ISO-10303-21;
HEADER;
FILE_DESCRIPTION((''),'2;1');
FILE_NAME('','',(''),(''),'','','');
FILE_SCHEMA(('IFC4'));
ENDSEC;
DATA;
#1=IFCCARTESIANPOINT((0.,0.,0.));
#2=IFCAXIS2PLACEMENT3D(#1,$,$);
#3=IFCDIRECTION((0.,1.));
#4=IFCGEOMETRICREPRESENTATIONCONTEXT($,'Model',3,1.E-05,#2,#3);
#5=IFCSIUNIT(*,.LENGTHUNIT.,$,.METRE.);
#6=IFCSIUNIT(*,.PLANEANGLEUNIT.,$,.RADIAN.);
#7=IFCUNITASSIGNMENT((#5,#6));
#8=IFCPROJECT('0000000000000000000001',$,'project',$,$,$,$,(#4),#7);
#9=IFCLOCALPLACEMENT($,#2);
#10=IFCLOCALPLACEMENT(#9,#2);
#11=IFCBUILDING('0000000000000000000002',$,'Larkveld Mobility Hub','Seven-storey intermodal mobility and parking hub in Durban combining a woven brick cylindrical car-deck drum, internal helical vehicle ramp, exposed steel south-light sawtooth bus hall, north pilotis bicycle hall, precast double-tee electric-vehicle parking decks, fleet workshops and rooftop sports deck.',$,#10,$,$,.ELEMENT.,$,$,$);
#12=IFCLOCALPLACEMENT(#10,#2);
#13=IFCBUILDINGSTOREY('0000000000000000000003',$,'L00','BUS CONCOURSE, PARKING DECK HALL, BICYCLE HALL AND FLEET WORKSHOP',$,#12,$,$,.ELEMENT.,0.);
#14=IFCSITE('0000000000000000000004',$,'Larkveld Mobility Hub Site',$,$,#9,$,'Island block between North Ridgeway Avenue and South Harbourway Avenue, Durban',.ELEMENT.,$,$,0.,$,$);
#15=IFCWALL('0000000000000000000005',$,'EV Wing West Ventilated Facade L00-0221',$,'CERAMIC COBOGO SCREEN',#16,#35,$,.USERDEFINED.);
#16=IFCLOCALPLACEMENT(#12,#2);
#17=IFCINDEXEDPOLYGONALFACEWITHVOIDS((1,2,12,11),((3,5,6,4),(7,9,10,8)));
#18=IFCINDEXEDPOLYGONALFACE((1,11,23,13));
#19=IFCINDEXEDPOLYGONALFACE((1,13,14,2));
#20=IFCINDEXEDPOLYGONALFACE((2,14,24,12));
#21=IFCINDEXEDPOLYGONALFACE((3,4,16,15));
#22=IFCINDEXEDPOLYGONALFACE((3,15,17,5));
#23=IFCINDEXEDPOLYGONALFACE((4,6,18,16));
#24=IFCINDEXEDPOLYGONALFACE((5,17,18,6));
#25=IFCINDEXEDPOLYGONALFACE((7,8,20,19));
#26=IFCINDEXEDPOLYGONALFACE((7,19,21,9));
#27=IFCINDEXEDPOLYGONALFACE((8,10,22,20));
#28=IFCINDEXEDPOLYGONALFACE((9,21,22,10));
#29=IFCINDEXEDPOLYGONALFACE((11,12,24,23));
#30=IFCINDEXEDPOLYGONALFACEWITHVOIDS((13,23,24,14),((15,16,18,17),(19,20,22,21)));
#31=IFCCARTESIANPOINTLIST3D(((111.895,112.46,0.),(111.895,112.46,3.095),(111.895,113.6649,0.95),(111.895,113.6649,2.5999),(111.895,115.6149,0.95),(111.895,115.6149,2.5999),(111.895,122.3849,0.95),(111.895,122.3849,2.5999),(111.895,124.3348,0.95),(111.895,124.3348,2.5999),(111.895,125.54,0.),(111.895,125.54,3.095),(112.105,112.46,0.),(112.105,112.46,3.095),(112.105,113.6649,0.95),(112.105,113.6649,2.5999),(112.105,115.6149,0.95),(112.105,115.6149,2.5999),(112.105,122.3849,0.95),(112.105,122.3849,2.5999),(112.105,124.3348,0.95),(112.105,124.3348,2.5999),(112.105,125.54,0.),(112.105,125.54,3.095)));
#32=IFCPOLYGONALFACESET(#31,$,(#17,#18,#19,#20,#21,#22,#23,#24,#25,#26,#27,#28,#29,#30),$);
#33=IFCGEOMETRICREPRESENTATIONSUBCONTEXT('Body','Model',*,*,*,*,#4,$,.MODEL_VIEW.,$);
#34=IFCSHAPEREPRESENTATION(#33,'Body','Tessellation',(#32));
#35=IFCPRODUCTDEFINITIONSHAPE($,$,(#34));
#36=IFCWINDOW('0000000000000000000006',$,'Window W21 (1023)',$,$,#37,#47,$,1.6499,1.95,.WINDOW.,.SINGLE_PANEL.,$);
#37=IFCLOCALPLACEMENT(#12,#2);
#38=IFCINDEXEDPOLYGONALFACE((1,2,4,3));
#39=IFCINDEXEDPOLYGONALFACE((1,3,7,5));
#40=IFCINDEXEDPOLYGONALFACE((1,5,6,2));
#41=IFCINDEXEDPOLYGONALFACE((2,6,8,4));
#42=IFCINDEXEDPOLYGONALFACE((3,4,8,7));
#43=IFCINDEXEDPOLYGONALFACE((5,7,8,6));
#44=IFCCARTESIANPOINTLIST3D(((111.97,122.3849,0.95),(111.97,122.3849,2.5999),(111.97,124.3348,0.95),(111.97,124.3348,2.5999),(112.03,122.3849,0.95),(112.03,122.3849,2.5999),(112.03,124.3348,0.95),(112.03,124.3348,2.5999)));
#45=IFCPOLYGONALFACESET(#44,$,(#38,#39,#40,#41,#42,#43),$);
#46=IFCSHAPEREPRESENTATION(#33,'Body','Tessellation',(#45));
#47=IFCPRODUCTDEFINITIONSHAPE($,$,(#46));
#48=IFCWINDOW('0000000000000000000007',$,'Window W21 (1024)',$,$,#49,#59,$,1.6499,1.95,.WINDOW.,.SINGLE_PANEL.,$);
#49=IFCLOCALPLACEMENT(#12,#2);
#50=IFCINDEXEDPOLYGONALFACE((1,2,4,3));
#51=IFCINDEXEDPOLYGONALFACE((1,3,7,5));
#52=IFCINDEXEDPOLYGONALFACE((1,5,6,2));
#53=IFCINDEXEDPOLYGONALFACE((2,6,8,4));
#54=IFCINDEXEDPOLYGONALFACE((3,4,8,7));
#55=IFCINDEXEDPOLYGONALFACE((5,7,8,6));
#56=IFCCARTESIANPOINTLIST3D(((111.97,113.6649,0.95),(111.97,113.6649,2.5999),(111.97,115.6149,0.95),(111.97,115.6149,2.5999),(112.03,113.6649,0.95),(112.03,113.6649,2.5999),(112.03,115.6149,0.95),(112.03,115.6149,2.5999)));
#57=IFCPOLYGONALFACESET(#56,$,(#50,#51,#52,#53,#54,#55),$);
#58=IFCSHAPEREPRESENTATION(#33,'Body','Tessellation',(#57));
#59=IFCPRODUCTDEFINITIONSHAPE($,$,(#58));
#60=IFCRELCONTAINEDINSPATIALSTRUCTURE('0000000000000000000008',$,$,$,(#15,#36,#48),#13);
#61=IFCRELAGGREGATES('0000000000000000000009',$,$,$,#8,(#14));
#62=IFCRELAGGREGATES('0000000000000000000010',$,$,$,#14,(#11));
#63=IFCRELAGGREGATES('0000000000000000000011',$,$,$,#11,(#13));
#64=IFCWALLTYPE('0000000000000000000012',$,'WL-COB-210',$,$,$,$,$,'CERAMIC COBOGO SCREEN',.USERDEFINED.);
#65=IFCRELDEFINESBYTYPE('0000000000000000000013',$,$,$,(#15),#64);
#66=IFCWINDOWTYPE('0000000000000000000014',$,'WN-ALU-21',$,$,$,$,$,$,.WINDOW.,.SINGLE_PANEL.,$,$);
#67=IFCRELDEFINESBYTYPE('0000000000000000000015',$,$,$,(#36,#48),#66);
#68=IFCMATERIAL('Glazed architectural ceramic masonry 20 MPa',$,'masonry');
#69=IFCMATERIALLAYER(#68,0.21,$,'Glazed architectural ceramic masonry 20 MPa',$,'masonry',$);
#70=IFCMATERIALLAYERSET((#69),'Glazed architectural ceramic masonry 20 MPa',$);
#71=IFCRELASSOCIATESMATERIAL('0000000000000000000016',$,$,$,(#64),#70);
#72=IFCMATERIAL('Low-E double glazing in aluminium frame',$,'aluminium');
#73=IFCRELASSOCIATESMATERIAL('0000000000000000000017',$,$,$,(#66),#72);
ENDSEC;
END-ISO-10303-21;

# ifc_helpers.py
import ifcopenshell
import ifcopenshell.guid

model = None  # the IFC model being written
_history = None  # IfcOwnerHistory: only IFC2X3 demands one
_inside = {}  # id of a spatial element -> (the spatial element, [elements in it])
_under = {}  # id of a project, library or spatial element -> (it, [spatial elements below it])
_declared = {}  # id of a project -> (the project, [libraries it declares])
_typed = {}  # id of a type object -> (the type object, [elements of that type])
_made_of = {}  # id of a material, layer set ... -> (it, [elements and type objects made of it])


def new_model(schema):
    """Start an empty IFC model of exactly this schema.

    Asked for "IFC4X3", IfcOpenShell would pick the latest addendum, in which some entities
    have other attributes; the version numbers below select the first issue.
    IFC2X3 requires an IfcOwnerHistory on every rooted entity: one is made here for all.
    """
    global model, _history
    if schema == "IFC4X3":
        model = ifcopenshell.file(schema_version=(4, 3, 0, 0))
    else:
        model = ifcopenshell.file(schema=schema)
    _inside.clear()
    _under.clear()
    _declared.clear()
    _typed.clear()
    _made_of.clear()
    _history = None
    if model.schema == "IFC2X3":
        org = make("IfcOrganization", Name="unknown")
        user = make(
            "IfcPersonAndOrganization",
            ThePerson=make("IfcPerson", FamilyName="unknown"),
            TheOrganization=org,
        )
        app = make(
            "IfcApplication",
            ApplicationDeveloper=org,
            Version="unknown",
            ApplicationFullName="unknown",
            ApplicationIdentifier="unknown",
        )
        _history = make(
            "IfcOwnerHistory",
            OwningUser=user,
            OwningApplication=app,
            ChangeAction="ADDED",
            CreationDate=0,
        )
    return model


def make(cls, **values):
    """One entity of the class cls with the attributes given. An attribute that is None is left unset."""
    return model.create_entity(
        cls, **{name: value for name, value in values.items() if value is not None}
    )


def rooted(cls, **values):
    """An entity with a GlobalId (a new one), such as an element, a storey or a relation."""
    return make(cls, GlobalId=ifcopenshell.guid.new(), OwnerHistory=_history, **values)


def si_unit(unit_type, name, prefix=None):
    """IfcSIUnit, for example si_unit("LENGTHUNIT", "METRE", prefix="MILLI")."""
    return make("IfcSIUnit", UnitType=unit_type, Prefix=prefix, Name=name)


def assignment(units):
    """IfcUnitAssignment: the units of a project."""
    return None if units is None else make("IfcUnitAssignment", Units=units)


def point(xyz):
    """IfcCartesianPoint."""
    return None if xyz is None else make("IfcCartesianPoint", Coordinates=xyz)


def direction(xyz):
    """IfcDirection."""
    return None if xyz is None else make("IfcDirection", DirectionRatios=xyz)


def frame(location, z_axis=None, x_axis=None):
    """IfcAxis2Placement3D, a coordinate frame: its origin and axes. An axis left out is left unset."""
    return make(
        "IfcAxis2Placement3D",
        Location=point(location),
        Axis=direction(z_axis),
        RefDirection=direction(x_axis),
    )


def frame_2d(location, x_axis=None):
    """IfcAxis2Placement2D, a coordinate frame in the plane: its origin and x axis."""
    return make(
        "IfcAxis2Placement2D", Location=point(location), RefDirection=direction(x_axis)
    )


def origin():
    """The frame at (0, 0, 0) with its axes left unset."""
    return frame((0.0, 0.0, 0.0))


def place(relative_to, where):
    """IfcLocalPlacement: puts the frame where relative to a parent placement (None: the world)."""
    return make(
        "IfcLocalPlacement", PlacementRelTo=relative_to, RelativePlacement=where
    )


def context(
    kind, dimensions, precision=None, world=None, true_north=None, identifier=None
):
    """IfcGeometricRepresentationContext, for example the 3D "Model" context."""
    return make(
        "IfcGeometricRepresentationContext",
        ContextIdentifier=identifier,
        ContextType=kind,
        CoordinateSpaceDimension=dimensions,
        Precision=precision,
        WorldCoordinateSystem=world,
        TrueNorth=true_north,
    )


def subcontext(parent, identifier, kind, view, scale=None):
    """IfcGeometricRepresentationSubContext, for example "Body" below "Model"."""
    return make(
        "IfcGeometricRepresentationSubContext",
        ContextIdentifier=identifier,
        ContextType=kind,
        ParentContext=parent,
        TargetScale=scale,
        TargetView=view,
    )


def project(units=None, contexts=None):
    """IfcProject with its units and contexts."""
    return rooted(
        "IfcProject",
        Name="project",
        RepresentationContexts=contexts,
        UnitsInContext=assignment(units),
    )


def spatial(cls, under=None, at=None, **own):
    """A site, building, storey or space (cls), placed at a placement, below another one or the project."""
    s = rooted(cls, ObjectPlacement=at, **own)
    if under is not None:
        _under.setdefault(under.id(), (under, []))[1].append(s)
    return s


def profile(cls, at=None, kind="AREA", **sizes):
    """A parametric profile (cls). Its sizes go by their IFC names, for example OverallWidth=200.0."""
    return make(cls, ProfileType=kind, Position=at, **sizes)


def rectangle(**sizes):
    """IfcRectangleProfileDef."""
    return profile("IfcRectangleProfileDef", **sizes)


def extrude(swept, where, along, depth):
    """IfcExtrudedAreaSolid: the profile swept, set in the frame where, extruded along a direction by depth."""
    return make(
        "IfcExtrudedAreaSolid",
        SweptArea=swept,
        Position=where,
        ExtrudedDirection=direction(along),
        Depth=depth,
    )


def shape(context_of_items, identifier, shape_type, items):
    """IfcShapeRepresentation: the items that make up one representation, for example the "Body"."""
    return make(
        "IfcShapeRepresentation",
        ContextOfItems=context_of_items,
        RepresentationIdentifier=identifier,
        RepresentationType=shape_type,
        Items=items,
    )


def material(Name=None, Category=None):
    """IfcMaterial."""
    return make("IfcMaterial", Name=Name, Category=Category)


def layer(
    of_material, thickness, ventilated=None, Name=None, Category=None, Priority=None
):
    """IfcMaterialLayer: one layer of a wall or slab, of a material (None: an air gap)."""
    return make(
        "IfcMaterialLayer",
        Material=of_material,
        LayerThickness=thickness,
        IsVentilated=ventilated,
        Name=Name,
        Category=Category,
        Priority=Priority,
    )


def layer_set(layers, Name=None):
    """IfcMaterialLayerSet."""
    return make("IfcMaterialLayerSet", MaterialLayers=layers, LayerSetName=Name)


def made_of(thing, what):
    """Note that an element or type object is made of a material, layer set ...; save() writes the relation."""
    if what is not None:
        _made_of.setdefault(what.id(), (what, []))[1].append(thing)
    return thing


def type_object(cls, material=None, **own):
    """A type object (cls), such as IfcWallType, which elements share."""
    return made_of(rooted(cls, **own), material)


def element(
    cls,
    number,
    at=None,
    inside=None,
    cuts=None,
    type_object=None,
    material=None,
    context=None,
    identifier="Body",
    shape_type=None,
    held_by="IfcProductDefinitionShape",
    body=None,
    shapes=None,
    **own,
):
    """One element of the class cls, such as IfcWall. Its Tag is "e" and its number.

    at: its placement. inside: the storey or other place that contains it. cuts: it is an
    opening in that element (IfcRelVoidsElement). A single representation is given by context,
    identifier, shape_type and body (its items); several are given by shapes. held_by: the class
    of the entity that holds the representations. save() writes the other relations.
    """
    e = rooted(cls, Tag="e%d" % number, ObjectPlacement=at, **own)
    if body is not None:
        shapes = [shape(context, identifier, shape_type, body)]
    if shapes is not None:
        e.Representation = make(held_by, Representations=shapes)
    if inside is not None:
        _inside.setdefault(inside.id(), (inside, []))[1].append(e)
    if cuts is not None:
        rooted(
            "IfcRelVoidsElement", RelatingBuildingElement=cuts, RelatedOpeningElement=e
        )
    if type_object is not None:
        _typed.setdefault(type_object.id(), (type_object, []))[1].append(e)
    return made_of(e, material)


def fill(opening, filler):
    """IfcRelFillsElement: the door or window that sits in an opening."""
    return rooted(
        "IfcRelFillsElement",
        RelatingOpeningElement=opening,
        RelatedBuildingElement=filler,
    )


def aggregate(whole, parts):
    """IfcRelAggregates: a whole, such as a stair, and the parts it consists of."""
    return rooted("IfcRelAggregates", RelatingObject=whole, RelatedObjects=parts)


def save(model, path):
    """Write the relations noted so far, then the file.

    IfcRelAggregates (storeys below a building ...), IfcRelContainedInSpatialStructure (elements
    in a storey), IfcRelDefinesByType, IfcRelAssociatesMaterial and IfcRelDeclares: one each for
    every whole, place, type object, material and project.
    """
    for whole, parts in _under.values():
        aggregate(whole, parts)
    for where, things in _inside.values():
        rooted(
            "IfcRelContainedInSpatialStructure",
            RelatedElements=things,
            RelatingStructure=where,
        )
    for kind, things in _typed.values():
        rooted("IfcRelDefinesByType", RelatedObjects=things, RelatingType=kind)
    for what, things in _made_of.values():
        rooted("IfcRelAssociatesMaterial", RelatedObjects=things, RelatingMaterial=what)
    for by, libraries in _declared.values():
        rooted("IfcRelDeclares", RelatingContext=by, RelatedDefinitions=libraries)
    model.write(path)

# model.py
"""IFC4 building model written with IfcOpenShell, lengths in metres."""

from ifc_helpers import new_model, si_unit, direction, frame, frame_2d, origin, place, context, subcontext, project, spatial, rectangle, extrude, material, layer, layer_set, type_object, element, fill, save


model = new_model("IFC4")

# Units and contexts
model_context = context("Model", 3, precision=1e-05, world=origin(), true_north=direction((0.0, 1.0)))
body_context = subcontext(model_context, "Body", "Model", "MODEL_VIEW")
ifc_project = project(units=[si_unit("LENGTHUNIT", "METRE"), si_unit("PLANEANGLEUNIT", "RADIAN")], contexts=[model_context])

# Site, building, storey
site_placement = place(None, origin())
site = spatial("IfcSite", under=ifc_project, at=site_placement, Name="Larkveld Mobility Hub Site", LongName="Island block between North Ridgeway Avenue and South Harbourway Avenue, Durban", CompositionType="ELEMENT", RefElevation=0.0)
building_placement = place(site_placement, origin())
building = spatial("IfcBuilding", under=site, at=building_placement, Name="Larkveld Mobility Hub", Description="Seven-storey intermodal mobility and parking hub in Durban combining a woven brick cylindrical car-deck drum, internal helical vehicle ramp, exposed steel south-light sawtooth bus hall, north pilotis bicycle hall, precast double-tee electric-vehicle parking decks, fleet workshops and rooftop sports deck.", CompositionType="ELEMENT")
storey_placement = place(building_placement, origin())
storey = spatial("IfcBuildingStorey", under=building, at=storey_placement, Name="L00", Description="BUS CONCOURSE, PARKING DECK HALL, BICYCLE HALL AND FLEET WORKSHOP", CompositionType="ELEMENT", Elevation=0.0)

# Wall, openings, windows
ifc_material_1 = material(Name="Glazed architectural ceramic masonry 20 MPa", Category="masonry")
ifc_layer = layer(ifc_material_1, 0.21, Name="Glazed architectural ceramic masonry 20 MPa", Category="masonry")
ifc_layer_set = layer_set([ifc_layer], Name="Glazed architectural ceramic masonry 20 MPa")
wall_type = type_object("IfcWallType", Name="WL-COB-210", ElementType="CERAMIC COBOGO SCREEN", PredefinedType="USERDEFINED", material=ifc_layer_set)
wall_placement = place(storey_placement, frame((112.0, 125.54, 0.0), z_axis=(0.0, 0.0, 1.0), x_axis=(0.0, -1.0, 0.0)))
wall = element("IfcWall", 1, at=wall_placement, inside=storey, type_object=wall_type, Name="EV Wing West Ventilated Facade L00-0221", ObjectType="CERAMIC COBOGO SCREEN", PredefinedType="USERDEFINED", context=body_context, shape_type="SweptSolid", body=[
    extrude(rectangle(XDim=13.0801, YDim=0.21, at=frame_2d((6.54, 0.0))), origin(), (0.0, 0.0, 1.0), 3.095),
])
opening_1_placement = place(wall_placement, frame((1.2051, 0.0, 0.95)))
opening_1 = element("IfcOpeningElement", 2, at=opening_1_placement, cuts=wall, PredefinedType="OPENING", context=body_context, shape_type="SweptSolid", body=[
    extrude(rectangle(XDim=1.95, YDim=1.6499, at=frame_2d((0.9751, 0.825))), frame((0.0, 0.115, 0.0), z_axis=(0.0, -1.0, 0.0), x_axis=(1.0, 0.0, 0.0)), (0.0, 0.0, 1.0), 0.23),
])
opening_2_placement = place(wall_placement, frame((9.925, 0.0, 0.95)))
opening_2 = element("IfcOpeningElement", 3, at=opening_2_placement, cuts=wall, PredefinedType="OPENING", context=body_context, shape_type="SweptSolid", body=[
    extrude(rectangle(XDim=1.95, YDim=1.6499, at=frame_2d((0.9751, 0.825))), frame((0.0, 0.115, 0.0), z_axis=(0.0, -1.0, 0.0), x_axis=(1.0, 0.0, 0.0)), (0.0, 0.0, 1.0), 0.23),
])
ifc_material_2 = material(Name="Low-E double glazing in aluminium frame", Category="aluminium")
window_type = type_object("IfcWindowType", Name="WN-ALU-21", PartitioningType="SINGLE_PANEL", PredefinedType="WINDOW", material=ifc_material_2)
window_1_placement = place(opening_1_placement, origin())
window_1 = element("IfcWindow", 4, at=window_1_placement, inside=storey, type_object=window_type, Name="Window W21 (1023)", OverallHeight=1.6499, OverallWidth=1.95, PartitioningType="SINGLE_PANEL", PredefinedType="WINDOW", context=body_context, shape_type="SweptSolid", body=[
    extrude(rectangle(XDim=1.95, YDim=1.6499, at=frame_2d((0.9751, 0.825))), frame((0.0, 0.03, 0.0), z_axis=(0.0, -1.0, 0.0), x_axis=(1.0, 0.0, 0.0)), (0.0, 0.0, 1.0), 0.0601),
])
fill(opening_1, window_1)
window_2_placement = place(opening_2_placement, origin())
window_2 = element("IfcWindow", 5, at=window_2_placement, inside=storey, type_object=window_type, Name="Window W21 (1024)", OverallHeight=1.6499, OverallWidth=1.95, PartitioningType="SINGLE_PANEL", PredefinedType="WINDOW", context=body_context, shape_type="SweptSolid", body=[
    extrude(rectangle(XDim=1.95, YDim=1.6499, at=frame_2d((0.9751, 0.825))), frame((0.0, 0.03, 0.0), z_axis=(0.0, -1.0, 0.0), x_axis=(1.0, 0.0, 0.0)), (0.0, 0.0, 1.0), 0.0601),
])
fill(opening_2, window_2)

save(model, "model.ifc")
